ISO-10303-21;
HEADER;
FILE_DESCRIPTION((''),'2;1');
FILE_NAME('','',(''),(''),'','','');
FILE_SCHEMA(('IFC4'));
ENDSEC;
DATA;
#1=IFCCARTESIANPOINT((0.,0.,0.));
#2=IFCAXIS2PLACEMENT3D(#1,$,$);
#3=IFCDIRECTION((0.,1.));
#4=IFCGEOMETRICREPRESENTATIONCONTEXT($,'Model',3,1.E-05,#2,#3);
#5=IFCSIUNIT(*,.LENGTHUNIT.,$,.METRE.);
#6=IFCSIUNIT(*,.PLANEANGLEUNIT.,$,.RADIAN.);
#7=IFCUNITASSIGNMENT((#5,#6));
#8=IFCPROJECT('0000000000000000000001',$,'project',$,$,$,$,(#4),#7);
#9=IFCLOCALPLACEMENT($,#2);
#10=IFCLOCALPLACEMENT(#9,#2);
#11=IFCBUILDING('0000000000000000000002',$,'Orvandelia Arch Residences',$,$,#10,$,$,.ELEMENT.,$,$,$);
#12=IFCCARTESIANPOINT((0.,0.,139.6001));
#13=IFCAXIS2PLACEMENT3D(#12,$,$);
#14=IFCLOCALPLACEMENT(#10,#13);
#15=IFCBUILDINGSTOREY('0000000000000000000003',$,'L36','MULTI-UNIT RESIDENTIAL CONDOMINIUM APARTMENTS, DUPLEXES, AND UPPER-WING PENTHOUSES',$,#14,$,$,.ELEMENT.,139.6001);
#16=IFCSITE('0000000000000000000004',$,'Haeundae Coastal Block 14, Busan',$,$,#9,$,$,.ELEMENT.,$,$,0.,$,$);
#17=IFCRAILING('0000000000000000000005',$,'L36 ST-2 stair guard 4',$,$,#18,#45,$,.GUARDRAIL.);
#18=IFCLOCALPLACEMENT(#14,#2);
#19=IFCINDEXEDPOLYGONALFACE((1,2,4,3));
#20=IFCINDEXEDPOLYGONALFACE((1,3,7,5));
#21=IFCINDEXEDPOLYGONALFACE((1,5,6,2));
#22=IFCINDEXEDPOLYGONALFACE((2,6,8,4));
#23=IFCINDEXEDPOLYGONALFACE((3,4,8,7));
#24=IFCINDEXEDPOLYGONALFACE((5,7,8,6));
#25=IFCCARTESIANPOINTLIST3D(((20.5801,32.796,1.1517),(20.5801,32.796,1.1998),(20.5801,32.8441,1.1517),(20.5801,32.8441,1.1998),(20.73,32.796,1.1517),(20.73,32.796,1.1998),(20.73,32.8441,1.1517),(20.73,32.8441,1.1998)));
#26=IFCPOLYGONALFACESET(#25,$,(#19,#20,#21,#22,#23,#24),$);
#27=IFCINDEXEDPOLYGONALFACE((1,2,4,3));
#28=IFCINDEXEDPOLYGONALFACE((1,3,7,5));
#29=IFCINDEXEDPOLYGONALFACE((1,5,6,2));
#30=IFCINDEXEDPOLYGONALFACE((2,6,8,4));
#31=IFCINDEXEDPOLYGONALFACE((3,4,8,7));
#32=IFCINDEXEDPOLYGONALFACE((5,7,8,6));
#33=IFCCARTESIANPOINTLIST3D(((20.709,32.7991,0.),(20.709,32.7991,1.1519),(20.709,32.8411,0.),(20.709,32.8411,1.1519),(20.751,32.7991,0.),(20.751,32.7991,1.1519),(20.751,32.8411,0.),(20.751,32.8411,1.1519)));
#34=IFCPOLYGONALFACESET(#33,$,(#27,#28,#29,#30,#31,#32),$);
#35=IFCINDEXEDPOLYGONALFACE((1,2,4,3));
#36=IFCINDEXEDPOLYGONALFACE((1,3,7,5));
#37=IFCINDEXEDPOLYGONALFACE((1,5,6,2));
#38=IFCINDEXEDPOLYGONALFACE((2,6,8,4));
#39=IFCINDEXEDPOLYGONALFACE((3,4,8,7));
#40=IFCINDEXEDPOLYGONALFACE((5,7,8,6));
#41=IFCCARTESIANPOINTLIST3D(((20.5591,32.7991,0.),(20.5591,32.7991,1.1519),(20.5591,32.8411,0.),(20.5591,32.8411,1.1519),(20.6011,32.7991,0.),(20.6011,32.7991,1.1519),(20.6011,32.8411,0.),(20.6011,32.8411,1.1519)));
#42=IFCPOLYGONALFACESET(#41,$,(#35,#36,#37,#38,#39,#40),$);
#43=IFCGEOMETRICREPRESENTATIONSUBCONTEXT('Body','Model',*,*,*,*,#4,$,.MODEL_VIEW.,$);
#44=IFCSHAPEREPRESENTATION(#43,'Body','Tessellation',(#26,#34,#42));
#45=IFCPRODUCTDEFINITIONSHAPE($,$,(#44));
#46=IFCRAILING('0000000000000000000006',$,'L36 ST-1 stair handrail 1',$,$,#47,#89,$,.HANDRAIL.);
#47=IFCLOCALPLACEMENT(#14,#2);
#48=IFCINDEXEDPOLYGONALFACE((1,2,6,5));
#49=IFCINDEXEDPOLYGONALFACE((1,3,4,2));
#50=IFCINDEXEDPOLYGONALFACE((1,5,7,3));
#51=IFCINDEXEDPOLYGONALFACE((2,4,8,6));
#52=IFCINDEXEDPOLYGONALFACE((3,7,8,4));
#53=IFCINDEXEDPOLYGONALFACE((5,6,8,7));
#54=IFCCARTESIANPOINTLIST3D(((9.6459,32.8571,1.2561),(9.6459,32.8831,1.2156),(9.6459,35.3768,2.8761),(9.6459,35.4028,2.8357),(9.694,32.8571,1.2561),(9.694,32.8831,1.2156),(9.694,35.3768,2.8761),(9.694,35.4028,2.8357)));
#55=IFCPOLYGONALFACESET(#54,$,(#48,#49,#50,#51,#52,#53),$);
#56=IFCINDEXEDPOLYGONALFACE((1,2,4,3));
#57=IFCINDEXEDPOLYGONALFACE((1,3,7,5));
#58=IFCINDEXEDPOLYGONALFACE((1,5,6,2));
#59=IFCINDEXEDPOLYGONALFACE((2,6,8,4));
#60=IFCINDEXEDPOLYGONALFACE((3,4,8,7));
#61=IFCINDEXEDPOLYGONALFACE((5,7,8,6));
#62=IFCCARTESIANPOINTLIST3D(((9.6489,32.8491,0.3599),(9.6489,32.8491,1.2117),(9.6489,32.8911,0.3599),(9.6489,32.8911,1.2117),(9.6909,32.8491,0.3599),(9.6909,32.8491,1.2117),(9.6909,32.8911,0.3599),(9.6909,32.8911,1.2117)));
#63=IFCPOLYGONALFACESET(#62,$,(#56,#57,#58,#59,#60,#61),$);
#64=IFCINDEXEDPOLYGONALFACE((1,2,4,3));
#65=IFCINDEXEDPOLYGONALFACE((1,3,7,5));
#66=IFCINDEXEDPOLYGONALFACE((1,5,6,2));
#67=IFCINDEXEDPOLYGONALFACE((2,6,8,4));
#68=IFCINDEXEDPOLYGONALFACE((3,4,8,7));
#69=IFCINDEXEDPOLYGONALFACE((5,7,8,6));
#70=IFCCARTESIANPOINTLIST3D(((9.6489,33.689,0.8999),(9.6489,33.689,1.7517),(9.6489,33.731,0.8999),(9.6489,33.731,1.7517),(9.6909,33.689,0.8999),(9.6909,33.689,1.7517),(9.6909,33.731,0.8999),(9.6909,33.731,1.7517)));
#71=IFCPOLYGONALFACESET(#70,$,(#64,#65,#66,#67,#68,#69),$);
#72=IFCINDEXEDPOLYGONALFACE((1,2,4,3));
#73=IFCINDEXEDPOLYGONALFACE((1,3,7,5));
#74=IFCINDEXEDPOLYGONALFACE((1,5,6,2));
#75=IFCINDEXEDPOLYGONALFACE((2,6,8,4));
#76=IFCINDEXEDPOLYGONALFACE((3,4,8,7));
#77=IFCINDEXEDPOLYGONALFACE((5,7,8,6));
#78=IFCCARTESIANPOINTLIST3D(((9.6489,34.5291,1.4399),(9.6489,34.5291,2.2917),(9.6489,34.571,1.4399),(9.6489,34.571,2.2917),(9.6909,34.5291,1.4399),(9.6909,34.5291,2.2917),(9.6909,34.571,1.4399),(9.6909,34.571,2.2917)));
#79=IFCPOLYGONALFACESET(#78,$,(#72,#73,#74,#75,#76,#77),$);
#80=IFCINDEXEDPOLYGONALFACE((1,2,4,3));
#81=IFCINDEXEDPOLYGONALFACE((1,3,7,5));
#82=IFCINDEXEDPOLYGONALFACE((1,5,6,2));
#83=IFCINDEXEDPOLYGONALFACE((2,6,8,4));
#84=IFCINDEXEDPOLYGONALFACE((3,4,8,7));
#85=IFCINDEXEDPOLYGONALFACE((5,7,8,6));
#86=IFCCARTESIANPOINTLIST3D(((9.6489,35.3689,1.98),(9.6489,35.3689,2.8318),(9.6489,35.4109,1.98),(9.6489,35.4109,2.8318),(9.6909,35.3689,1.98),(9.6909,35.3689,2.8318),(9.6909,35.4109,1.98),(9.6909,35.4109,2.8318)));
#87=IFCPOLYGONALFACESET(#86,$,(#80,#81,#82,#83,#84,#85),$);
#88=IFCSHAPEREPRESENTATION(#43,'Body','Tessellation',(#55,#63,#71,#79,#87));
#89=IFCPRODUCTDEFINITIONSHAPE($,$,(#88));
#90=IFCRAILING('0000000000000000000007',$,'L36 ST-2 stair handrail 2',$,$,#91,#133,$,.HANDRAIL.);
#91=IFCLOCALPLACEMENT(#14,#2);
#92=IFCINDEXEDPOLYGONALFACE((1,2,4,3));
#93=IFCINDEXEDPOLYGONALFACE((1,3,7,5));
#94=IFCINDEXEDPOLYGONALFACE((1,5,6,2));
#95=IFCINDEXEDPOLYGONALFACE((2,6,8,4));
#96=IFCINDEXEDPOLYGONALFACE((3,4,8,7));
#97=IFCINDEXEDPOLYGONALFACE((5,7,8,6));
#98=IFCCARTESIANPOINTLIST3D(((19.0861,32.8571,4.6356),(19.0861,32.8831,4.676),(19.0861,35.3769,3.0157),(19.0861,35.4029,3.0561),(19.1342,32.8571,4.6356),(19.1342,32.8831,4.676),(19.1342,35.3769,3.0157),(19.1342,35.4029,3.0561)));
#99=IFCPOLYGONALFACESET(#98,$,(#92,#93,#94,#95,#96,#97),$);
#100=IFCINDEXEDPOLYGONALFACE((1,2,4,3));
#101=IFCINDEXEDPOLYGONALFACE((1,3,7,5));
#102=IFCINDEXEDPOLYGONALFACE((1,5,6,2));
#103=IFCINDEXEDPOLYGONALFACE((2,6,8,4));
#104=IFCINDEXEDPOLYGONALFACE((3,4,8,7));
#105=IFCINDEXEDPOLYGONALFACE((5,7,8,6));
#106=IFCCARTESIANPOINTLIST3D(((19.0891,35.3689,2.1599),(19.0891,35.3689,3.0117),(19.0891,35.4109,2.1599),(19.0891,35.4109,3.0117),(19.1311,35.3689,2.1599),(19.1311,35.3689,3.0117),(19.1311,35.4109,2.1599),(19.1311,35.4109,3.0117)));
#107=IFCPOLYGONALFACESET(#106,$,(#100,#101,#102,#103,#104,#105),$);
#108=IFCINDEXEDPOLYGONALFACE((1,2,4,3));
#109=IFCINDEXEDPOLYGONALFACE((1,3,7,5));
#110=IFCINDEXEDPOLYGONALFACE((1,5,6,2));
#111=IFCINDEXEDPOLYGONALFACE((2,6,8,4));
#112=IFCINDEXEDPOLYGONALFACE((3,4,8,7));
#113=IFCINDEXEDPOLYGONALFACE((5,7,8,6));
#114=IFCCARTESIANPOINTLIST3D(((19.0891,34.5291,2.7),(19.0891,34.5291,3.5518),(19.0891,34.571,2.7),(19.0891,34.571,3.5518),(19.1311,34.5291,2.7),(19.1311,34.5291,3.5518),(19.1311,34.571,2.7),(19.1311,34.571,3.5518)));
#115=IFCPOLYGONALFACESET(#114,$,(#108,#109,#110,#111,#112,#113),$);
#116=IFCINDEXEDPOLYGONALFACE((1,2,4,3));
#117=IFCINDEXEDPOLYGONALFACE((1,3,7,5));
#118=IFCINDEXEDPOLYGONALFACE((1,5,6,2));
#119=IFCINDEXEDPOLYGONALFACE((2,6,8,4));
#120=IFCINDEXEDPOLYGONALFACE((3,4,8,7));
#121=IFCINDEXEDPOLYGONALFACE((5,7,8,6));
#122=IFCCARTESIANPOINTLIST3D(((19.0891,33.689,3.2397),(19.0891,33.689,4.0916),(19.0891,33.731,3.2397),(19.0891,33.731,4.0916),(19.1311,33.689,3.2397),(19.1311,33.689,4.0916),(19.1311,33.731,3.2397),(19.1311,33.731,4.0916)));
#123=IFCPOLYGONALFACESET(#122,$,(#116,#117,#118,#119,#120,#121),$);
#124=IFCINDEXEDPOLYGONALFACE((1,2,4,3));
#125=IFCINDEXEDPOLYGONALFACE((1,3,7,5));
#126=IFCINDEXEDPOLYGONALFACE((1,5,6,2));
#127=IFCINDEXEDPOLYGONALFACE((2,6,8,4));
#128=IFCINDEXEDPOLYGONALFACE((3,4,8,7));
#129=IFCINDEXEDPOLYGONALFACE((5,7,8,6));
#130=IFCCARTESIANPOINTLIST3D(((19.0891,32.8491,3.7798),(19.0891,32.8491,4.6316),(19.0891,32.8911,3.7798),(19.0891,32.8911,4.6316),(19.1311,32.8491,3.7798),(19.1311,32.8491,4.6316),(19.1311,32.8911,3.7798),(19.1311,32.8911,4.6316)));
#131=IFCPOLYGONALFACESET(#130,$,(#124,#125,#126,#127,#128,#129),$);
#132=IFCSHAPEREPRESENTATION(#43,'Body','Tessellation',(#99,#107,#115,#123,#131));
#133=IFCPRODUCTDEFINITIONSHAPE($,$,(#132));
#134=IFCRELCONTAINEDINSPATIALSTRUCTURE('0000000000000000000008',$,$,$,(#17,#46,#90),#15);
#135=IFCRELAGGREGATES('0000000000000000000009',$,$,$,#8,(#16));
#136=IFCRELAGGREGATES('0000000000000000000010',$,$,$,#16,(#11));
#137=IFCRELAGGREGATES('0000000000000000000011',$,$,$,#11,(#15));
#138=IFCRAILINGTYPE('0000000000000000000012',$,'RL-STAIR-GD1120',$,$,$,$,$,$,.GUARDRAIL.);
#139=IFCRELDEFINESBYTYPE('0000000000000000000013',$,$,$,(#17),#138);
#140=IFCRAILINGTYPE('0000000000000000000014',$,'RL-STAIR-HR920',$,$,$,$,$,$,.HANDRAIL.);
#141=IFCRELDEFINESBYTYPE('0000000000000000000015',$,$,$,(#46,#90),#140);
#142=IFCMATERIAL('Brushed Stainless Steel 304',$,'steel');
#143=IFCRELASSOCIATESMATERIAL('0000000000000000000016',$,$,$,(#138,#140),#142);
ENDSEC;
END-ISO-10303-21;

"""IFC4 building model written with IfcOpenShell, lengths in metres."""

from ifc_helpers import new_model, si_unit, direction, frame, origin, origin_2d, place, context, subcontext, project, spatial, rectangle, extrude, material, type_object, element, save


model = new_model("IFC4")

# Units and contexts
model_context = context("Model", 3, precision=1e-05, world=origin(), true_north=direction((0.0, 1.0)))
body_context = subcontext(model_context, "Body", "Model", "MODEL_VIEW")
ifc_project = project(units=[si_unit("LENGTHUNIT", "METRE"), si_unit("PLANEANGLEUNIT", "RADIAN")], contexts=[model_context])

# Site, building, storey
site_placement = place(None, origin())
site = spatial("IfcSite", under=ifc_project, at=site_placement, Name="Haeundae Coastal Block 14, Busan", CompositionType="ELEMENT", RefElevation=0.0)
building_placement = place(site_placement, origin())
building = spatial("IfcBuilding", under=site, at=building_placement, Name="Orvandelia Arch Residences", CompositionType="ELEMENT")
storey_placement = place(building_placement, frame((0.0, 0.0, 139.6001)))
storey = spatial("IfcBuildingStorey", under=building, at=storey_placement, Name="L36", Description="MULTI-UNIT RESIDENTIAL CONDOMINIUM APARTMENTS, DUPLEXES, AND UPPER-WING PENTHOUSES", CompositionType="ELEMENT", Elevation=139.6001)

# Railings
ifc_material_1 = material(Name="Brushed Stainless Steel 304", Category="steel")
railing_type_1 = type_object("IfcRailingType", Name="RL-STAIR-GD1120", PredefinedType="GUARDRAIL", material=ifc_material_1)
railing_1_placement = place(storey_placement, frame((20.73, 32.8201, 0.0)))
element("IfcRailing", 1, at=railing_1_placement, inside=storey, type_object=railing_type_1, Name="L36 ST-2 stair guard 4", PredefinedType="GUARDRAIL", context=body_context, shape_type="SweptSolid", body=[
    extrude(rectangle(XDim=0.0481, YDim=0.0481, at=origin_2d()), frame((0.0, 0.0, 1.1758), z_axis=(-1.0, 0.0, 0.0), x_axis=(0.0, -1.0, 0.0)), (0.0, 0.0, 1.0), 0.1499),
    extrude(rectangle(XDim=0.042, YDim=0.042, at=origin_2d()), origin(), (0.0, 0.0, 1.0), 1.1519),
    extrude(rectangle(XDim=0.042, YDim=0.042, at=origin_2d()), frame((-0.1499, 0.0, 0.0)), (0.0, 0.0, 1.0), 1.1519),
])
railing_type_2 = type_object("IfcRailingType", Name="RL-STAIR-HR920", PredefinedType="HANDRAIL", material=ifc_material_1)
railing_2_placement = place(storey_placement, frame((9.6699, 32.8701, 0.3599)))
element("IfcRailing", 2, at=railing_2_placement, inside=storey, type_object=railing_type_2, Name="L36 ST-1 stair handrail 1", PredefinedType="HANDRAIL", context=body_context, shape_type="SweptSolid", body=[
    extrude(rectangle(XDim=0.0481, YDim=0.0481, at=origin_2d()), frame((0.0, 0.0, 0.876), z_axis=(0.0, 0.841139, 0.540819), x_axis=(-1.0, 0.0, 0.0)), (0.0, 0.0, 1.0), 2.9956),
    extrude(rectangle(XDim=0.042, YDim=0.042, at=origin_2d()), origin(), (0.0, 0.0, 1.0), 0.8518),
    extrude(rectangle(XDim=0.042, YDim=0.042, at=origin_2d()), frame((0.0, 0.8398, 0.54)), (0.0, 0.0, 1.0), 0.8518),
    extrude(rectangle(XDim=0.042, YDim=0.042, at=origin_2d()), frame((0.0, 1.6799, 1.0801)), (0.0, 0.0, 1.0), 0.8518),
    extrude(rectangle(XDim=0.042, YDim=0.042, at=origin_2d()), frame((0.0, 2.5198, 1.6201)), (0.0, 0.0, 1.0), 0.8518),
])
railing_3_placement = place(storey_placement, frame((19.1101, 35.3899, 2.1599)))
element("IfcRailing", 3, at=railing_3_placement, inside=storey, type_object=railing_type_2, Name="L36 ST-2 stair handrail 2", PredefinedType="HANDRAIL", context=body_context, shape_type="SweptSolid", body=[
    extrude(rectangle(XDim=0.0481, YDim=0.0481, at=origin_2d()), frame((0.0, 0.0, 0.876), z_axis=(0.0, -0.841176, 0.540762), x_axis=(1.0, 0.0, 0.0)), (0.0, 0.0, 1.0), 2.9956),
    extrude(rectangle(XDim=0.042, YDim=0.042, at=origin_2d()), origin(), (0.0, 0.0, 1.0), 0.8518),
    extrude(rectangle(XDim=0.042, YDim=0.042, at=origin_2d()), frame((0.0, -0.8398, 0.54)), (0.0, 0.0, 1.0), 0.8518),
    extrude(rectangle(XDim=0.042, YDim=0.042, at=origin_2d()), frame((0.0, -1.6799, 1.0798)), (0.0, 0.0, 1.0), 0.8518),
    extrude(rectangle(XDim=0.042, YDim=0.042, at=origin_2d()), frame((0.0, -2.5198, 1.6199)), (0.0, 0.0, 1.0), 0.8518),
])

save(model, "model.ifc")
